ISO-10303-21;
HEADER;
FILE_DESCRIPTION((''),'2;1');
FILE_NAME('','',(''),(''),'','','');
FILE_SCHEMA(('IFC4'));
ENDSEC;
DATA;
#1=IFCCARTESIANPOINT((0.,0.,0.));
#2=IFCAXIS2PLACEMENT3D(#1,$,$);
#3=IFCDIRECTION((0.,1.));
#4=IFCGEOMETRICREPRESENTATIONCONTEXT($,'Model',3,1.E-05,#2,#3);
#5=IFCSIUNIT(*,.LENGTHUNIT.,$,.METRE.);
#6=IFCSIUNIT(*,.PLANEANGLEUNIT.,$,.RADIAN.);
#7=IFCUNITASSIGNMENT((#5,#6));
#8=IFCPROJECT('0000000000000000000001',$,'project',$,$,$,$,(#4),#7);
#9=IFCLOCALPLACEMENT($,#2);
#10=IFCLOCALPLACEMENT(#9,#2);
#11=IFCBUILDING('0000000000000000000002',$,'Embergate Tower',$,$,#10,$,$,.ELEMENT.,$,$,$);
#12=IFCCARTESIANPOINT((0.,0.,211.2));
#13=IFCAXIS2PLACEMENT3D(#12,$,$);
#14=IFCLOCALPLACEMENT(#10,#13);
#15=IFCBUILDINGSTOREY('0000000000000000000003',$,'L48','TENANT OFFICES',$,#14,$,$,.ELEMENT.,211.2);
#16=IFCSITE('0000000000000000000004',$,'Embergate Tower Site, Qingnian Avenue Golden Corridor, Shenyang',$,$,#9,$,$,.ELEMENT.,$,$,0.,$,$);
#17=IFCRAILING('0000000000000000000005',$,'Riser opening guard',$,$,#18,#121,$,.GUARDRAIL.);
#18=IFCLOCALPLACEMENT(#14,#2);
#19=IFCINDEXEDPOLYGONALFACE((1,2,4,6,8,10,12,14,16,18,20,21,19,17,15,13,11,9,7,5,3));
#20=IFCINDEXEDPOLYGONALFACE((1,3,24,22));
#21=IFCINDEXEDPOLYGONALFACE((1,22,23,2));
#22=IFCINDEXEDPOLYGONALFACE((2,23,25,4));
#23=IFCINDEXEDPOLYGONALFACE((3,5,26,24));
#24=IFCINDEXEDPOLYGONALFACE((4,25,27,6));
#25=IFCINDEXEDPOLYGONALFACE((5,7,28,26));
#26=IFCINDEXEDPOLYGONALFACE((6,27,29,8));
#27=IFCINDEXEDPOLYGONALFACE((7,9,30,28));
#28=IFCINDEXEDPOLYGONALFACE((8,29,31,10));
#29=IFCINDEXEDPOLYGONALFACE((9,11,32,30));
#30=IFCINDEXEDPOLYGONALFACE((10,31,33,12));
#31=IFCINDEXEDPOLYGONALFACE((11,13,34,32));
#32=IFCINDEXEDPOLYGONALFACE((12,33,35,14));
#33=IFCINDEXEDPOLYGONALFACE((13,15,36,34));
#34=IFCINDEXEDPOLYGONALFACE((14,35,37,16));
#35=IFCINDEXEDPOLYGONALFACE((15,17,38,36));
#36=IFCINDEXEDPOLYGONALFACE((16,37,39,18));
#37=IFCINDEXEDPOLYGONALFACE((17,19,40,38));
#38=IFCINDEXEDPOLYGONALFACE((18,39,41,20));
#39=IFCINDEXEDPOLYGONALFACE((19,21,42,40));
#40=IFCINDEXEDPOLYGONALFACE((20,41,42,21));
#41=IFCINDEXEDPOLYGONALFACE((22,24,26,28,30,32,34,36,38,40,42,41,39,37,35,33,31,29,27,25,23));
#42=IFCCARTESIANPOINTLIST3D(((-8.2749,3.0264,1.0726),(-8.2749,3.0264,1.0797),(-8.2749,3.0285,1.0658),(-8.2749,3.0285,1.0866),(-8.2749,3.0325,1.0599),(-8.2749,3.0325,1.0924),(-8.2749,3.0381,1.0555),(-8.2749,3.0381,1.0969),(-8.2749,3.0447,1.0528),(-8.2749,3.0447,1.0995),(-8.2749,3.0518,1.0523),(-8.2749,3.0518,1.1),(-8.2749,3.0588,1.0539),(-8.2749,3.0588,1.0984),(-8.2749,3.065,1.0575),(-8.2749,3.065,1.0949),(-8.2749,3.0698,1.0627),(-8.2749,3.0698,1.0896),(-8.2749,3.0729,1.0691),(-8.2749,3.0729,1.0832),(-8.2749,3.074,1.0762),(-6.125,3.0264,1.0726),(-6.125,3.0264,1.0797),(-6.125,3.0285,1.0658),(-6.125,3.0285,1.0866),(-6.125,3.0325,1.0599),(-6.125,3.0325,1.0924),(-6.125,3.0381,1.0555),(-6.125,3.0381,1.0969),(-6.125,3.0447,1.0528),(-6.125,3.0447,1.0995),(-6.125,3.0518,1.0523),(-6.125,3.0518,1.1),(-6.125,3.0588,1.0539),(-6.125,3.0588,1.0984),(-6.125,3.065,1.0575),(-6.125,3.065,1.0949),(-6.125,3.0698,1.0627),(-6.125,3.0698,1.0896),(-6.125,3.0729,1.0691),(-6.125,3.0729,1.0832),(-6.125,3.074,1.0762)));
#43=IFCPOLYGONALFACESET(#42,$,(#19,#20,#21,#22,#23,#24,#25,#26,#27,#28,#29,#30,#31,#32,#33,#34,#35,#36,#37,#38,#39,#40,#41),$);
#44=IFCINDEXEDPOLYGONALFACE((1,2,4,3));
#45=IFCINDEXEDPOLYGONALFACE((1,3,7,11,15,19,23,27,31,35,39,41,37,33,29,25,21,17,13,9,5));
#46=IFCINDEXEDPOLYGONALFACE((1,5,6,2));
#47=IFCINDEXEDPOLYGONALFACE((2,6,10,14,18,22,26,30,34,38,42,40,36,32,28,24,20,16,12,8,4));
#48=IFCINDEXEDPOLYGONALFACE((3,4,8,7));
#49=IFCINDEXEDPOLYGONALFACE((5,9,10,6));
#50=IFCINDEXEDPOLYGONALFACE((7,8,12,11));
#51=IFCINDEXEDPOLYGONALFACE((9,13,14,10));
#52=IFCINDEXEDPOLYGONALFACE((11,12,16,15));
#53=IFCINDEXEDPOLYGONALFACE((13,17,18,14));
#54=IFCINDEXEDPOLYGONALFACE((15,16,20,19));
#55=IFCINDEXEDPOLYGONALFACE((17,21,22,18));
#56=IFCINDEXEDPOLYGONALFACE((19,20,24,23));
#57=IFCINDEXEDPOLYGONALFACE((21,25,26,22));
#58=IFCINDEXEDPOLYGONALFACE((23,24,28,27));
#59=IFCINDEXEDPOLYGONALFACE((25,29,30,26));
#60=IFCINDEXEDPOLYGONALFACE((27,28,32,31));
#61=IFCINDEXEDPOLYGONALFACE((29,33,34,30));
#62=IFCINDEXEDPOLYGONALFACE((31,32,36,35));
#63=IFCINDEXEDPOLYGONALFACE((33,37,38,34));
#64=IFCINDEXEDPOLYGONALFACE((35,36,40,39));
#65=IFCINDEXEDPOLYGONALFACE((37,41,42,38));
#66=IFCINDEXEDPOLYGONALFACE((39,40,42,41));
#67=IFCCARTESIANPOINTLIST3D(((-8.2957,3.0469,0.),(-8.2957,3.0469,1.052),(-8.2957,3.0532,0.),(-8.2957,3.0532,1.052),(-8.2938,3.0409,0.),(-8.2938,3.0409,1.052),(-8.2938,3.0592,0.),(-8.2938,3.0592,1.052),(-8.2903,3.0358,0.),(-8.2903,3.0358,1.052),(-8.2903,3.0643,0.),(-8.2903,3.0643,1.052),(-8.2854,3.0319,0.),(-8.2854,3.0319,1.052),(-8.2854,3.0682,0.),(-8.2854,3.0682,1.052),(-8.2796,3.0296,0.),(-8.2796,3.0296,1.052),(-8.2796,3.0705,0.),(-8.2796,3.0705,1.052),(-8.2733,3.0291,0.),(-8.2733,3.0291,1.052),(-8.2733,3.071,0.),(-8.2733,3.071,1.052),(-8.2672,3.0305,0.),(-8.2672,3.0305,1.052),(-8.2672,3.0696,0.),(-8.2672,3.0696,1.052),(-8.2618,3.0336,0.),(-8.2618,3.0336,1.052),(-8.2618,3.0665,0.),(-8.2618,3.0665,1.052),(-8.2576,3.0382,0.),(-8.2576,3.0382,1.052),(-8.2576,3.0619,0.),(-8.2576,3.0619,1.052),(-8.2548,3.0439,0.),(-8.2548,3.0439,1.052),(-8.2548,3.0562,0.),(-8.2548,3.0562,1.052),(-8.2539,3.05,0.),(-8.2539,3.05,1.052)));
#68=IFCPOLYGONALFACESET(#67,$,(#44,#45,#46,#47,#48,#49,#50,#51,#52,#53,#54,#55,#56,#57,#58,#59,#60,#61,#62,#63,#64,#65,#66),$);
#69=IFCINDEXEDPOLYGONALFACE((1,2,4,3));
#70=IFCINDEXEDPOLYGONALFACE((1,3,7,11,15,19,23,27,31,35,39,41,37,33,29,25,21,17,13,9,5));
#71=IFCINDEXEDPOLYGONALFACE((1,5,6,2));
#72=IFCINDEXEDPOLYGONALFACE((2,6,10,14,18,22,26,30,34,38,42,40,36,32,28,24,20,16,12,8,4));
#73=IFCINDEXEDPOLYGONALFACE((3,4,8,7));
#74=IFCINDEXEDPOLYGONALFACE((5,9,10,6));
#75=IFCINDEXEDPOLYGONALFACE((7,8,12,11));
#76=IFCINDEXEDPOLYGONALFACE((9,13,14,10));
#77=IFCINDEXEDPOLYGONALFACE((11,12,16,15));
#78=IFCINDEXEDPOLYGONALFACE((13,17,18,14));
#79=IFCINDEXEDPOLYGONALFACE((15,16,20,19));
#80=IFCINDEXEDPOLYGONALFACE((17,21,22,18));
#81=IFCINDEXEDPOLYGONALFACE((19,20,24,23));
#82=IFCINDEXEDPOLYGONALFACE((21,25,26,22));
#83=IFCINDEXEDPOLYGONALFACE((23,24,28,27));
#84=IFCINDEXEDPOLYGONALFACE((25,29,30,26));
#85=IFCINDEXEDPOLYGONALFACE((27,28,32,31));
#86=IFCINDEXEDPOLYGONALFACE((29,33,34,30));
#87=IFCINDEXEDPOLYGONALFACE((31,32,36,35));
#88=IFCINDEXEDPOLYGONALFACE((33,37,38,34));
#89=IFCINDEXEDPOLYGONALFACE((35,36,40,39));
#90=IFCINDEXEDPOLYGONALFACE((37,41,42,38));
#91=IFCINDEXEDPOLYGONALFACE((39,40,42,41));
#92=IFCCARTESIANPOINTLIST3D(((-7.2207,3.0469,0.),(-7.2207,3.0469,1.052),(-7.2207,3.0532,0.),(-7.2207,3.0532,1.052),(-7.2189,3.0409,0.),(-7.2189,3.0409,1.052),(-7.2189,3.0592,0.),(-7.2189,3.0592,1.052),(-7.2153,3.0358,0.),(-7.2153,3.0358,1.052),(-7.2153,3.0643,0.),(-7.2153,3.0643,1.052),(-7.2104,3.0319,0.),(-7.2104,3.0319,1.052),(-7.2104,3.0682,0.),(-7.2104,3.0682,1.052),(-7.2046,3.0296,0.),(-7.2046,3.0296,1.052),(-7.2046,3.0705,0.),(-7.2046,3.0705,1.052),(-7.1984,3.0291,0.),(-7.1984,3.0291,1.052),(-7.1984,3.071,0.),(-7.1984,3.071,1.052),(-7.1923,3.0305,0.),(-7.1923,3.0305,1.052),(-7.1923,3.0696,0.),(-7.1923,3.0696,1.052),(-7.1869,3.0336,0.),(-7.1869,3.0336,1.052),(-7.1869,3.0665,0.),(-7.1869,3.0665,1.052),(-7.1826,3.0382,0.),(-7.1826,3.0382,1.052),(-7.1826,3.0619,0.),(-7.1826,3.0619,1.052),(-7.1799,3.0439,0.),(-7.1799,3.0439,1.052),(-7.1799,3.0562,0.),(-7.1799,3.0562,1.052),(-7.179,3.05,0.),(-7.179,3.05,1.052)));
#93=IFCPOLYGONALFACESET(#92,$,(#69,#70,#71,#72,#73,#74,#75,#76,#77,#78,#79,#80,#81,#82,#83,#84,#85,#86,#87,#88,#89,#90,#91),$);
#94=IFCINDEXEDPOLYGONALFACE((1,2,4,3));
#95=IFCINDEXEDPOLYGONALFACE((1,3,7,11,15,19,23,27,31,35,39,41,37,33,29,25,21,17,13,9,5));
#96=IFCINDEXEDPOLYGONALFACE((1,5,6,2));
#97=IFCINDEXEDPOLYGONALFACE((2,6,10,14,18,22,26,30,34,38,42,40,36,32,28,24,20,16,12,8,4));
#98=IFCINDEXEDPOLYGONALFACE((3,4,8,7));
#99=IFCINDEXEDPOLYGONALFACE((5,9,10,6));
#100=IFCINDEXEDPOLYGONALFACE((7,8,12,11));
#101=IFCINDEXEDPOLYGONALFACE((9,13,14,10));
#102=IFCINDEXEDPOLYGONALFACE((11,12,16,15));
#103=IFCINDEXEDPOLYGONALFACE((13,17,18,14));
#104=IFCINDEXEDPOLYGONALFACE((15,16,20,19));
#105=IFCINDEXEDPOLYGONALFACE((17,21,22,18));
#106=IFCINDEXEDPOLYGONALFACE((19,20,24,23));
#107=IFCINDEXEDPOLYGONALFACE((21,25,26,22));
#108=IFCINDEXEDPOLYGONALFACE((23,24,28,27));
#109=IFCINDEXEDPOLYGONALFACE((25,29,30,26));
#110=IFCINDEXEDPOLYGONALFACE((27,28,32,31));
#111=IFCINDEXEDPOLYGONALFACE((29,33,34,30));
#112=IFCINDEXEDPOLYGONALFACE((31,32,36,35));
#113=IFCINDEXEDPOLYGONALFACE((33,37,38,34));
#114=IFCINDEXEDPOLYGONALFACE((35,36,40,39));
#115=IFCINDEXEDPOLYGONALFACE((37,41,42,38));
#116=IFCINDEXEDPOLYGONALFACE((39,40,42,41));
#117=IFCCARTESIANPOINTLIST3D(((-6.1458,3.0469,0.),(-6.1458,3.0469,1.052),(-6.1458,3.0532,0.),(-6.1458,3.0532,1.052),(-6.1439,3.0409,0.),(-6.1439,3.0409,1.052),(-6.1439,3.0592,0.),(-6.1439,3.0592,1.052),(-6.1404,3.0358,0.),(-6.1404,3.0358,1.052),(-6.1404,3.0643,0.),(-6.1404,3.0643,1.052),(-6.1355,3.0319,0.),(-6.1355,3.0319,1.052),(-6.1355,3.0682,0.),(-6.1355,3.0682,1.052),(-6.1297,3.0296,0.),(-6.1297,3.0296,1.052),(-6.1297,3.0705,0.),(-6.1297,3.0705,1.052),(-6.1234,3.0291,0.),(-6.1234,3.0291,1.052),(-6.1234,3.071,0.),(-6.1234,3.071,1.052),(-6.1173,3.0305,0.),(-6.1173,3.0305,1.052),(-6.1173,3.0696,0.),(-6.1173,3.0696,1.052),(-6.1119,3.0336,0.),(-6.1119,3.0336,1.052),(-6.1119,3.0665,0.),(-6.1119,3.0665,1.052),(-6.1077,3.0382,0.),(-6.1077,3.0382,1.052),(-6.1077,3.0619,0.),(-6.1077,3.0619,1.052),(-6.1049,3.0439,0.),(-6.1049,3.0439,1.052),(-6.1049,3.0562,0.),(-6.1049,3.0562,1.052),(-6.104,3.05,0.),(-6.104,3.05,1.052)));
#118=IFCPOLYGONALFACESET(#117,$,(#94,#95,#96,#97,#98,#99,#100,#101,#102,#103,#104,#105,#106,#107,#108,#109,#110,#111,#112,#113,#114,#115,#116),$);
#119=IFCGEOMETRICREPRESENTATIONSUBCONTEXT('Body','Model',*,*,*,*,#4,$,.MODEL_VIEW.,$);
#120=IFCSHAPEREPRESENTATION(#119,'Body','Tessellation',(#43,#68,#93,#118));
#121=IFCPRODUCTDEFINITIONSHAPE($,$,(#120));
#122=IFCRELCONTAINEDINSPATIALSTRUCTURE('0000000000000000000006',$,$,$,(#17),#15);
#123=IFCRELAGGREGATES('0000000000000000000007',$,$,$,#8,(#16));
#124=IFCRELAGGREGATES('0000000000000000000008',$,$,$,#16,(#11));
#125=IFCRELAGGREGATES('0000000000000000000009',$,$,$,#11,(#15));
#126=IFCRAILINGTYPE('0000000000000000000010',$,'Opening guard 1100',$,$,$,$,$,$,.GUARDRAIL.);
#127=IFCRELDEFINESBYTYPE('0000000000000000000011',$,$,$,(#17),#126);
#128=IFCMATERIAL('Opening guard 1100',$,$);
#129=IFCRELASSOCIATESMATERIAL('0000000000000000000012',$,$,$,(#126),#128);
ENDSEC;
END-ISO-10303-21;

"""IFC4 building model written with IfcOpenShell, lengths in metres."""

from ifc_helpers import new_model, si_unit, direction, frame, origin, origin_2d, place, context, subcontext, project, spatial, circle, extrude, source, transform, mapped, material, type_object, element, save


model = new_model("IFC4")

# Units and contexts
model_context = context("Model", 3, precision=1e-05, world=origin(), true_north=direction((0.0, 1.0)))
body_context = subcontext(model_context, "Body", "Model", "MODEL_VIEW")
ifc_project = project(units=[si_unit("LENGTHUNIT", "METRE"), si_unit("PLANEANGLEUNIT", "RADIAN")], contexts=[model_context])

# Site, building, storey
site_placement = place(None, origin())
site = spatial("IfcSite", under=ifc_project, at=site_placement, Name="Embergate Tower Site, Qingnian Avenue Golden Corridor, Shenyang", CompositionType="ELEMENT", RefElevation=0.0)
building_placement = place(site_placement, origin())
building = spatial("IfcBuilding", under=site, at=building_placement, Name="Embergate Tower", CompositionType="ELEMENT")
storey_placement = place(building_placement, frame((0.0, 0.0, 211.2)))
storey = spatial("IfcBuildingStorey", under=building, at=storey_placement, Name="L48", Description="TENANT OFFICES", CompositionType="ELEMENT", Elevation=211.2)

# Railing
ifc_material_1 = material(Name="Opening guard 1100")
railing_type_1 = type_object("IfcRailingType", Name="Opening guard 1100", PredefinedType="GUARDRAIL", material=ifc_material_1)
shared_shape_1 = source(origin(), body_context, "Body", "SweptSolid", [
    extrude(circle(Radius=0.0239, at=origin_2d()), frame((0.0, 0.0, 1.0762), z_axis=(1.0, 0.0, 0.0), x_axis=(0.0, 1.0, 0.0)), (0.0, 0.0, 1.0), 2.1499),
    extrude(circle(Radius=0.021, at=origin_2d()), origin(), (0.0, 0.0, 1.0), 1.052),
    extrude(circle(Radius=0.021, at=origin_2d()), frame((1.075, 0.0, 0.0)), (0.0, 0.0, 1.0), 1.052),
    extrude(circle(Radius=0.021, at=origin_2d()), frame((2.1499, 0.0, 0.0)), (0.0, 0.0, 1.0), 1.052),
])
railing_1_placement = place(storey_placement, frame((-8.2749, 3.05, 0.0)))
element("IfcRailing", 1, at=railing_1_placement, inside=storey, type_object=railing_type_1, Name="Riser opening guard", PredefinedType="GUARDRAIL", context=body_context, shape_type="MappedRepresentation", body=[
    mapped(shared_shape_1, transform((0.0, 0.0, 0.0))),
])

save(model, "model.ifc")
